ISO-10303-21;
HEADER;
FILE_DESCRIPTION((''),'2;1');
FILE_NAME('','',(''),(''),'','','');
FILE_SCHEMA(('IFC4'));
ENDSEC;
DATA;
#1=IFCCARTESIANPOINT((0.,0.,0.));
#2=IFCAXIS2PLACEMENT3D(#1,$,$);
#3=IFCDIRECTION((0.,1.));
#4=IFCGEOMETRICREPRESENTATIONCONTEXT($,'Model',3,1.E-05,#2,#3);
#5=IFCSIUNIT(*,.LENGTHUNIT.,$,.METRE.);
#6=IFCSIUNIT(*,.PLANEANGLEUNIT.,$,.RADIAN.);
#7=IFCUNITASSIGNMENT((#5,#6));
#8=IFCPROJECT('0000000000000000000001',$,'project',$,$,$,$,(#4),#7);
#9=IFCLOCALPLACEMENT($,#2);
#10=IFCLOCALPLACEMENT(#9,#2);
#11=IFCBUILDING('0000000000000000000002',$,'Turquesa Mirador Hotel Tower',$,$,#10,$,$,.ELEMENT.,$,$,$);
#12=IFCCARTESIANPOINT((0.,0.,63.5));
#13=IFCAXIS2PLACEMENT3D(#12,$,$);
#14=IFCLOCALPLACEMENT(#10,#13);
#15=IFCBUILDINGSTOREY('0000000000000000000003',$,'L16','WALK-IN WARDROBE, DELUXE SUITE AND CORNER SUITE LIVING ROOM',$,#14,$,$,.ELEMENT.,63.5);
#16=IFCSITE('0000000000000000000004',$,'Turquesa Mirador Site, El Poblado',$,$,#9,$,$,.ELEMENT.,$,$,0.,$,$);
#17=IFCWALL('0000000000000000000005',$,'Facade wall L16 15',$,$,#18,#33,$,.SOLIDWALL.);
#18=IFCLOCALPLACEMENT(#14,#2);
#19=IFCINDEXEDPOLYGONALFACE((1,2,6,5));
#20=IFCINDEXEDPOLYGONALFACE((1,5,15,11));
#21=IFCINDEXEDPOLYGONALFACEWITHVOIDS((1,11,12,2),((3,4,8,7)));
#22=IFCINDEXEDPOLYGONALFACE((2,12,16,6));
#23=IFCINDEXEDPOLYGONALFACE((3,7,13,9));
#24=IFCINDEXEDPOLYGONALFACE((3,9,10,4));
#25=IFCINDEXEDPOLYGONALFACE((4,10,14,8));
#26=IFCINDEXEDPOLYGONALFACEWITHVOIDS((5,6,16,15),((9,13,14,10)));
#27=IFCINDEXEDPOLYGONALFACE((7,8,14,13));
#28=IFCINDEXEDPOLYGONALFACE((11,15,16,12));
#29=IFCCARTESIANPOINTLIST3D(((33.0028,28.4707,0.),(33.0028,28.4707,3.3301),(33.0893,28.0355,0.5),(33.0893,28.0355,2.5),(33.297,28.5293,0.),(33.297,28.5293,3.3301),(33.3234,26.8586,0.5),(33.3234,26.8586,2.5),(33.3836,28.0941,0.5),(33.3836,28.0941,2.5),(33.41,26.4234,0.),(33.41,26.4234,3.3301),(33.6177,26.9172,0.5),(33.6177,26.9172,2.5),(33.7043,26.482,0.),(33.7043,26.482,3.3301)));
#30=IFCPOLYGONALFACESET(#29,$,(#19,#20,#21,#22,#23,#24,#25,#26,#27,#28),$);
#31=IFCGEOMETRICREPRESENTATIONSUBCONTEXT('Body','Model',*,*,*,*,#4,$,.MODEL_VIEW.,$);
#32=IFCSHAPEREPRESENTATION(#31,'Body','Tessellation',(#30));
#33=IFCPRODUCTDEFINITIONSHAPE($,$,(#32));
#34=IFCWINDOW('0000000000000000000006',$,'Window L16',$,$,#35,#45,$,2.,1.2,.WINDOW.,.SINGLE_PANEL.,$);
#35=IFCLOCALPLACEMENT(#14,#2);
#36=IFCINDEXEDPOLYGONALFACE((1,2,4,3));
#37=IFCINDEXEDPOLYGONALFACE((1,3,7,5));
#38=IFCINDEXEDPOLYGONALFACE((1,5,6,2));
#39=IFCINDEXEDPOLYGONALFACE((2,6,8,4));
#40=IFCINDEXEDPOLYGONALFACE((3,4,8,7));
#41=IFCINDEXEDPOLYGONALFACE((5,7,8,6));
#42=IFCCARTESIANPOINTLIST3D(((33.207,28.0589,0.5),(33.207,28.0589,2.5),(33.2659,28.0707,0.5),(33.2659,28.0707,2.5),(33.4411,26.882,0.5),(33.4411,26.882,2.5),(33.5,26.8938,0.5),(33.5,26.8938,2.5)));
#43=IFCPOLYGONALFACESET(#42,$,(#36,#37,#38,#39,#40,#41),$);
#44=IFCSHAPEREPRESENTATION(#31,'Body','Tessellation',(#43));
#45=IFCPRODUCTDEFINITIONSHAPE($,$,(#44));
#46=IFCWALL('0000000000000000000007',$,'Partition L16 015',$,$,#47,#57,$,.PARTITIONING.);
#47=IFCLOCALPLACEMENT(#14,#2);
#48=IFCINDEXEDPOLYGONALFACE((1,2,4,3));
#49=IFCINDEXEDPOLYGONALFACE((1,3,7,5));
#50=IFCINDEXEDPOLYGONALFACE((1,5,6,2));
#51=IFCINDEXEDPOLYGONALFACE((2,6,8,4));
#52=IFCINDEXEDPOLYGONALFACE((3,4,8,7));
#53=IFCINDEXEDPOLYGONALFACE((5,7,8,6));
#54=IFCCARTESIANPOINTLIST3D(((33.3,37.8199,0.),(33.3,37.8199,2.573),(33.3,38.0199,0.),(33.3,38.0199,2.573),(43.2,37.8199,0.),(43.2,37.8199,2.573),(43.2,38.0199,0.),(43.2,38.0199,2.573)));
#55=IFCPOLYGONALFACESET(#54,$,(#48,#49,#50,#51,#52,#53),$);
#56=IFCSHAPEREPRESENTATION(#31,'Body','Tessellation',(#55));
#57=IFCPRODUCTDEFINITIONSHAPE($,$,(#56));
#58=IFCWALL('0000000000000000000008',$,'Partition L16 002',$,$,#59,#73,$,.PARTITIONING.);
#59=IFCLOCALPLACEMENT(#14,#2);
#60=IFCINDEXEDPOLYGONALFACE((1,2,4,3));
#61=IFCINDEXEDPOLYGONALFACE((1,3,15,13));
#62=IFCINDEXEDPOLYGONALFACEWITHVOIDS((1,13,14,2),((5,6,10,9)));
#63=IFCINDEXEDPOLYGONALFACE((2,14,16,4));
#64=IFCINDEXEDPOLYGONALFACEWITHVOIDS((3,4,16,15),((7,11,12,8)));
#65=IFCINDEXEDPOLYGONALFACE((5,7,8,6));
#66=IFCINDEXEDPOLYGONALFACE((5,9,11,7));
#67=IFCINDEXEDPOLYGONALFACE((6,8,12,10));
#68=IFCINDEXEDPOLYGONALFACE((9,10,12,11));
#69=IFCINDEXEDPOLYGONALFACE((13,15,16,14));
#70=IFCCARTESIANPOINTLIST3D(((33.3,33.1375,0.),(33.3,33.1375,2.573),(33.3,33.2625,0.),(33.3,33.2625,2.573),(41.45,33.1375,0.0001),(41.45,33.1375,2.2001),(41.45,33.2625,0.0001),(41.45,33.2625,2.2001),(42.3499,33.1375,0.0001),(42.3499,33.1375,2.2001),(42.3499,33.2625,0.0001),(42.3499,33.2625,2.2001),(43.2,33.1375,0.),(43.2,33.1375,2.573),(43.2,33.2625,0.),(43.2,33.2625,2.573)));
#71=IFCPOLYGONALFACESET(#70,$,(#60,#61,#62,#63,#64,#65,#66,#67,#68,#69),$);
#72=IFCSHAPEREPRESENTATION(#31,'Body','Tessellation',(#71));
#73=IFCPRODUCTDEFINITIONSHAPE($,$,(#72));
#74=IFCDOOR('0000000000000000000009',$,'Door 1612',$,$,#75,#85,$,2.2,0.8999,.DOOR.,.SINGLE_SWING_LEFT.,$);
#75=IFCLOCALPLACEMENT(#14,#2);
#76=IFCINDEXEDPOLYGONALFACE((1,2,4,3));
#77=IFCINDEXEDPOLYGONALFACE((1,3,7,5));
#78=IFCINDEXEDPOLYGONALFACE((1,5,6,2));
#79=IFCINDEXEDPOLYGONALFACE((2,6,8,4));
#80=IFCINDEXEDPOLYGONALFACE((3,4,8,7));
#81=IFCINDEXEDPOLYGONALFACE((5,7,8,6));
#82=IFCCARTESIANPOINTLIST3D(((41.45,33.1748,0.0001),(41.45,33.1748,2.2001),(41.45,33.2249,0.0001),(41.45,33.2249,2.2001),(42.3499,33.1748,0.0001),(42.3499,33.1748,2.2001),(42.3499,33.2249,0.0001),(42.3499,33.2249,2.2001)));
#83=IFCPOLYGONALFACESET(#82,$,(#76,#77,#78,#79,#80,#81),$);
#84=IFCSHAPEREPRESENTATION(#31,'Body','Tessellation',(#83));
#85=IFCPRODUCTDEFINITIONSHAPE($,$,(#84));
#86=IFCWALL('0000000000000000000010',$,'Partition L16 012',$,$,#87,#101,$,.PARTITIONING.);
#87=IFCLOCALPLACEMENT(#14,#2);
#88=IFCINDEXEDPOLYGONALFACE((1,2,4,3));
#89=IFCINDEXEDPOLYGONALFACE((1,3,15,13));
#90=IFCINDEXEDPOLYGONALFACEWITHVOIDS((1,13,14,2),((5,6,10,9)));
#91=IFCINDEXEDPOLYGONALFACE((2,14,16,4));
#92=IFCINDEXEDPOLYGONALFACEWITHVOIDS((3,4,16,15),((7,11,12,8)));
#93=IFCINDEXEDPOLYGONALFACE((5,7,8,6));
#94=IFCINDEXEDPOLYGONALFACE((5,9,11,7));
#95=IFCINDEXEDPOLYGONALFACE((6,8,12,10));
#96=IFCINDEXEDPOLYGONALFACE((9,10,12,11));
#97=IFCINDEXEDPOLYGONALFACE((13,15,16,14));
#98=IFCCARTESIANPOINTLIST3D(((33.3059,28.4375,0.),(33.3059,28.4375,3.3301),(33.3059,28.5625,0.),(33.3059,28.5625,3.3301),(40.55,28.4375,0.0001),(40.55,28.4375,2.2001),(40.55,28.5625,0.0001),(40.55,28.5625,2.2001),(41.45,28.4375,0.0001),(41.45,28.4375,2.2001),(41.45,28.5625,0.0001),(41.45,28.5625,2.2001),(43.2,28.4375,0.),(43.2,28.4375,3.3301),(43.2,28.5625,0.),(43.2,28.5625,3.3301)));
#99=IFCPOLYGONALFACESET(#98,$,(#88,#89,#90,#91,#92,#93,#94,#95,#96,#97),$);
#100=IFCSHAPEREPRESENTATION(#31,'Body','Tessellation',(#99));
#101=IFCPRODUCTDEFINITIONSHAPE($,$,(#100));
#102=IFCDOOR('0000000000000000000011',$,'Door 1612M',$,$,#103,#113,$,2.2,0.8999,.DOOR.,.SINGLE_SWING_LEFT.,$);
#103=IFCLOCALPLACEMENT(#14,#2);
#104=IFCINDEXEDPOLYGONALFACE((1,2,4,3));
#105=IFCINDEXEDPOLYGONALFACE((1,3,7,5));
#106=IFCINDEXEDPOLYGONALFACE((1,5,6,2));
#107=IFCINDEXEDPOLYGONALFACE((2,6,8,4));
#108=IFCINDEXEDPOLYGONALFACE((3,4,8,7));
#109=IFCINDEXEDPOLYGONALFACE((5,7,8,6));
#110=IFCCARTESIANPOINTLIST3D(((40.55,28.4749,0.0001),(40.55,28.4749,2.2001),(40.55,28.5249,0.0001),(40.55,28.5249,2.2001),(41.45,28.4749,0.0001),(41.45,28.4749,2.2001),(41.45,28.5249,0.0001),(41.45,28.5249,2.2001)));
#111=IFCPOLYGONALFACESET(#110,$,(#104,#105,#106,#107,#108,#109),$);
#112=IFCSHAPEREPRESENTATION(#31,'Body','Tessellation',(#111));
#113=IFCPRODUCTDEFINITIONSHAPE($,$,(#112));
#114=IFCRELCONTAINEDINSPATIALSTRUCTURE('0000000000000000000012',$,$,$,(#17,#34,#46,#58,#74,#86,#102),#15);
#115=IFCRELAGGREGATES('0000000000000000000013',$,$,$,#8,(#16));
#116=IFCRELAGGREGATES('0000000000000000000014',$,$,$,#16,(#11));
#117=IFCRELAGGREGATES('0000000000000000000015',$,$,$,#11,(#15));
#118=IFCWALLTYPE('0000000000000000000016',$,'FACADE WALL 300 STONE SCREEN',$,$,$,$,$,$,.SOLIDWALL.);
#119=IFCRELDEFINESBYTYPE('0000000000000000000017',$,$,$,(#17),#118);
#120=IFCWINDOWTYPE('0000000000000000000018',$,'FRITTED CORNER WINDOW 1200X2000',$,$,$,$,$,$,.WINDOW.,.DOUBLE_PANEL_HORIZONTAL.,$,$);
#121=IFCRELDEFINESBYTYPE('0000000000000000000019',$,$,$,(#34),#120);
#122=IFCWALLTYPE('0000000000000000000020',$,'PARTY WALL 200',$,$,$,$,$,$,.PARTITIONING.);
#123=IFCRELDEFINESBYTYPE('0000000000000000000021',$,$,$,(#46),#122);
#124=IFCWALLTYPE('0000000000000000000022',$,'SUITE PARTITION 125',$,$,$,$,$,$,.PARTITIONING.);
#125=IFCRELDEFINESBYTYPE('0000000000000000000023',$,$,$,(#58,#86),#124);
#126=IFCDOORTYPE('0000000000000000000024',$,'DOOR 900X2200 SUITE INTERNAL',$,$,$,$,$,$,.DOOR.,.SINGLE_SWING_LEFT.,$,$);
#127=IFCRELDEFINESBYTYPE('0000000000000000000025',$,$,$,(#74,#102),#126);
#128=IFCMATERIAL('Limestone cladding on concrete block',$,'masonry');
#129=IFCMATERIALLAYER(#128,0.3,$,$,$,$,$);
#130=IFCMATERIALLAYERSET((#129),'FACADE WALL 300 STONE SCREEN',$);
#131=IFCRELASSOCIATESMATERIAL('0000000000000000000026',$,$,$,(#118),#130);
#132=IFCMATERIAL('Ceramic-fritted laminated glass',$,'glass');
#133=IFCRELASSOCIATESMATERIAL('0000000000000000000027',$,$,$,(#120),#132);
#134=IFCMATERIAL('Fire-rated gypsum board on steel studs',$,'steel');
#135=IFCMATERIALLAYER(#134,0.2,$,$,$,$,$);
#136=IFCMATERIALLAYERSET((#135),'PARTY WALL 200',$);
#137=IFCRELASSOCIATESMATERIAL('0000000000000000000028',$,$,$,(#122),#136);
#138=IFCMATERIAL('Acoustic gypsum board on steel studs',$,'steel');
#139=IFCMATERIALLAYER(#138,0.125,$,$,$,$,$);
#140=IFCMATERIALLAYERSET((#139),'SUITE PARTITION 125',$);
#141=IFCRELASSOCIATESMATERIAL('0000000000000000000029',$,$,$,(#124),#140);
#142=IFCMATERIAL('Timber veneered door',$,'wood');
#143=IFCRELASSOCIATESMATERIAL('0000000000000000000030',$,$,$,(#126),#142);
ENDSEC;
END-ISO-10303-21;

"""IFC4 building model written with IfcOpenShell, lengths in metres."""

from ifc_helpers import new_model, si_unit, direction, frame, frame_2d, origin, place, context, subcontext, project, spatial, rectangle, extrude, material, layer, layer_set, type_object, element, fill, save


model = new_model("IFC4")

# Units and contexts
model_context = context("Model", 3, precision=1e-05, world=origin(), true_north=direction((0.0, 1.0)))
body_context = subcontext(model_context, "Body", "Model", "MODEL_VIEW")
ifc_project = project(units=[si_unit("LENGTHUNIT", "METRE"), si_unit("PLANEANGLEUNIT", "RADIAN")], contexts=[model_context])

# Site, building, storey
site_placement = place(None, origin())
site = spatial("IfcSite", under=ifc_project, at=site_placement, Name="Turquesa Mirador Site, El Poblado", CompositionType="ELEMENT", RefElevation=0.0)
building_placement = place(site_placement, origin())
building = spatial("IfcBuilding", under=site, at=building_placement, Name="Turquesa Mirador Hotel Tower", CompositionType="ELEMENT")
storey_placement = place(building_placement, frame((0.0, 0.0, 63.5)))
storey = spatial("IfcBuildingStorey", under=building, at=storey_placement, Name="L16", Description="WALK-IN WARDROBE, DELUXE SUITE AND CORNER SUITE LIVING ROOM", CompositionType="ELEMENT", Elevation=63.5)

# Wall, opening, window
ifc_material_1 = material(Name="Limestone cladding on concrete block", Category="masonry")
ifc_layer_1 = layer(ifc_material_1, 0.3)
ifc_layer_set_1 = layer_set([ifc_layer_1], Name="FACADE WALL 300 STONE SCREEN")
wall_type_1 = type_object("IfcWallType", Name="FACADE WALL 300 STONE SCREEN", PredefinedType="SOLIDWALL", material=ifc_layer_set_1)
wall_1_placement = place(storey_placement, frame((33.1499, 28.5, 0.0), z_axis=(0.0, 0.0, 1.0), x_axis=(0.195081, -0.980787, 0.0)))
wall_1 = element("IfcWall", 1, at=wall_1_placement, inside=storey, type_object=wall_type_1, Name="Facade wall L16 15", PredefinedType="SOLIDWALL", context=body_context, shape_type="SweptSolid", body=[
    extrude(rectangle(XDim=2.0874, YDim=0.3, at=frame_2d((1.0437, 0.0))), origin(), (0.0, 0.0, 1.0), 3.3301),
])
opening_1_placement = place(wall_1_placement, frame((0.4436, 0.0, 0.5)))
opening_1 = element("IfcOpeningElement", 2, at=opening_1_placement, cuts=wall_1, PredefinedType="OPENING", context=body_context, shape_type="SweptSolid", body=[
    extrude(rectangle(XDim=1.2, YDim=2.0, at=frame_2d((0.6001, 1.0))), frame((0.0, 0.1599, 0.0), z_axis=(0.0, -1.0, 0.0), x_axis=(1.0, 0.0, 0.0)), (0.0, 0.0, 1.0), 0.3201),
])
ifc_material_2 = material(Name="Ceramic-fritted laminated glass", Category="glass")
window_type = type_object("IfcWindowType", Name="FRITTED CORNER WINDOW 1200X2000", PartitioningType="DOUBLE_PANEL_HORIZONTAL", PredefinedType="WINDOW", material=ifc_material_2)
window_placement = place(opening_1_placement, origin())
window = element("IfcWindow", 3, at=window_placement, inside=storey, type_object=window_type, Name="Window L16", OverallHeight=2.0, OverallWidth=1.2, PartitioningType="SINGLE_PANEL", PredefinedType="WINDOW", context=body_context, shape_type="SweptSolid", body=[
    extrude(rectangle(XDim=1.2, YDim=2.0, at=frame_2d((0.6001, 1.0))), frame((0.0, 0.03, 0.0), z_axis=(0.0, -1.0, 0.0), x_axis=(1.0, 0.0, 0.0)), (0.0, 0.0, 1.0), 0.0601),
])
fill(opening_1, window)

# Wall
ifc_material_3 = material(Name="Fire-rated gypsum board on steel studs", Category="steel")
ifc_layer_2 = layer(ifc_material_3, 0.2)
ifc_layer_set_2 = layer_set([ifc_layer_2], Name="PARTY WALL 200")
wall_type_2 = type_object("IfcWallType", Name="PARTY WALL 200", PredefinedType="PARTITIONING", material=ifc_layer_set_2)
wall_2_placement = place(storey_placement, frame((33.3, 37.9199, 0.0), z_axis=(0.0, 0.0, 1.0), x_axis=(1.0, 0.0, 0.0)))
element("IfcWall", 4, at=wall_2_placement, inside=storey, type_object=wall_type_2, Name="Partition L16 015", PredefinedType="PARTITIONING", context=body_context, shape_type="SweptSolid", body=[
    extrude(rectangle(XDim=9.8999, YDim=0.2, at=frame_2d((4.95, 0.0))), origin(), (0.0, 0.0, 1.0), 2.573),
])

# Walls, openings, doors
ifc_material_4 = material(Name="Acoustic gypsum board on steel studs", Category="steel")
ifc_layer_3 = layer(ifc_material_4, 0.125)
ifc_layer_set_3 = layer_set([ifc_layer_3], Name="SUITE PARTITION 125")
wall_type_3 = type_object("IfcWallType", Name="SUITE PARTITION 125", PredefinedType="PARTITIONING", material=ifc_layer_set_3)
wall_3_placement = place(storey_placement, frame((33.3, 33.2, 0.0), z_axis=(0.0, 0.0, 1.0), x_axis=(1.0, 0.0, 0.0)))
wall_3 = element("IfcWall", 5, at=wall_3_placement, inside=storey, type_object=wall_type_3, Name="Partition L16 002", PredefinedType="PARTITIONING", context=body_context, shape_type="SweptSolid", body=[
    extrude(rectangle(XDim=9.8999, YDim=0.125, at=frame_2d((4.95, 0.0))), origin(), (0.0, 0.0, 1.0), 2.573),
])
opening_2_placement = place(wall_3_placement, frame((8.1499, 0.0, 0.0)))
opening_2 = element("IfcOpeningElement", 6, at=opening_2_placement, cuts=wall_3, PredefinedType="OPENING", context=body_context, shape_type="SweptSolid", body=[
    extrude(rectangle(XDim=0.8999, YDim=2.2, at=frame_2d((0.45, 1.1001))), frame((0.0, 0.0725, 0.0), z_axis=(0.0, -1.0, 0.0), x_axis=(1.0, 0.0, 0.0)), (0.0, 0.0, 1.0), 0.145),
])
ifc_material_5 = material(Name="Timber veneered door", Category="wood")
door_type = type_object("IfcDoorType", Name="DOOR 900X2200 SUITE INTERNAL", OperationType="SINGLE_SWING_LEFT", PredefinedType="DOOR", material=ifc_material_5)
door_1_placement = place(opening_2_placement, origin())
door_1 = element("IfcDoor", 7, at=door_1_placement, inside=storey, type_object=door_type, Name="Door 1612", OperationType="SINGLE_SWING_LEFT", OverallHeight=2.2, OverallWidth=0.8999, PredefinedType="DOOR", context=body_context, shape_type="SweptSolid", body=[
    extrude(rectangle(XDim=0.8999, YDim=2.2, at=frame_2d((0.45, 1.1001))), frame((0.0, 0.0249, 0.0), z_axis=(0.0, -1.0, 0.0), x_axis=(1.0, 0.0, 0.0)), (0.0, 0.0, 1.0), 0.05),
])
fill(opening_2, door_1)
wall_4_placement = place(storey_placement, frame((33.3059, 28.5, 0.0), z_axis=(0.0, 0.0, 1.0), x_axis=(1.0, 0.0, 0.0)))
wall_4 = element("IfcWall", 8, at=wall_4_placement, inside=storey, type_object=wall_type_3, Name="Partition L16 012", PredefinedType="PARTITIONING", context=body_context, shape_type="SweptSolid", body=[
    extrude(rectangle(XDim=9.894, YDim=0.125, at=frame_2d((4.947, 0.0))), origin(), (0.0, 0.0, 1.0), 3.3301),
])
opening_3_placement = place(wall_4_placement, frame((7.2441, 0.0, 0.0)))
opening_3 = element("IfcOpeningElement", 9, at=opening_3_placement, cuts=wall_4, PredefinedType="OPENING", context=body_context, shape_type="SweptSolid", body=[
    extrude(rectangle(XDim=0.8999, YDim=2.2, at=frame_2d((0.45, 1.1001))), frame((0.0, 0.0725, 0.0), z_axis=(0.0, -1.0, 0.0), x_axis=(1.0, 0.0, 0.0)), (0.0, 0.0, 1.0), 0.145),
])
door_2_placement = place(opening_3_placement, origin())
door_2 = element("IfcDoor", 10, at=door_2_placement, inside=storey, type_object=door_type, Name="Door 1612M", OperationType="SINGLE_SWING_LEFT", OverallHeight=2.2, OverallWidth=0.8999, PredefinedType="DOOR", context=body_context, shape_type="SweptSolid", body=[
    extrude(rectangle(XDim=0.8999, YDim=2.2, at=frame_2d((0.45, 1.1001))), frame((0.0, 0.0249, 0.0), z_axis=(0.0, -1.0, 0.0), x_axis=(1.0, 0.0, 0.0)), (0.0, 0.0, 1.0), 0.05),
])
fill(opening_3, door_2)

save(model, "model.ifc")
